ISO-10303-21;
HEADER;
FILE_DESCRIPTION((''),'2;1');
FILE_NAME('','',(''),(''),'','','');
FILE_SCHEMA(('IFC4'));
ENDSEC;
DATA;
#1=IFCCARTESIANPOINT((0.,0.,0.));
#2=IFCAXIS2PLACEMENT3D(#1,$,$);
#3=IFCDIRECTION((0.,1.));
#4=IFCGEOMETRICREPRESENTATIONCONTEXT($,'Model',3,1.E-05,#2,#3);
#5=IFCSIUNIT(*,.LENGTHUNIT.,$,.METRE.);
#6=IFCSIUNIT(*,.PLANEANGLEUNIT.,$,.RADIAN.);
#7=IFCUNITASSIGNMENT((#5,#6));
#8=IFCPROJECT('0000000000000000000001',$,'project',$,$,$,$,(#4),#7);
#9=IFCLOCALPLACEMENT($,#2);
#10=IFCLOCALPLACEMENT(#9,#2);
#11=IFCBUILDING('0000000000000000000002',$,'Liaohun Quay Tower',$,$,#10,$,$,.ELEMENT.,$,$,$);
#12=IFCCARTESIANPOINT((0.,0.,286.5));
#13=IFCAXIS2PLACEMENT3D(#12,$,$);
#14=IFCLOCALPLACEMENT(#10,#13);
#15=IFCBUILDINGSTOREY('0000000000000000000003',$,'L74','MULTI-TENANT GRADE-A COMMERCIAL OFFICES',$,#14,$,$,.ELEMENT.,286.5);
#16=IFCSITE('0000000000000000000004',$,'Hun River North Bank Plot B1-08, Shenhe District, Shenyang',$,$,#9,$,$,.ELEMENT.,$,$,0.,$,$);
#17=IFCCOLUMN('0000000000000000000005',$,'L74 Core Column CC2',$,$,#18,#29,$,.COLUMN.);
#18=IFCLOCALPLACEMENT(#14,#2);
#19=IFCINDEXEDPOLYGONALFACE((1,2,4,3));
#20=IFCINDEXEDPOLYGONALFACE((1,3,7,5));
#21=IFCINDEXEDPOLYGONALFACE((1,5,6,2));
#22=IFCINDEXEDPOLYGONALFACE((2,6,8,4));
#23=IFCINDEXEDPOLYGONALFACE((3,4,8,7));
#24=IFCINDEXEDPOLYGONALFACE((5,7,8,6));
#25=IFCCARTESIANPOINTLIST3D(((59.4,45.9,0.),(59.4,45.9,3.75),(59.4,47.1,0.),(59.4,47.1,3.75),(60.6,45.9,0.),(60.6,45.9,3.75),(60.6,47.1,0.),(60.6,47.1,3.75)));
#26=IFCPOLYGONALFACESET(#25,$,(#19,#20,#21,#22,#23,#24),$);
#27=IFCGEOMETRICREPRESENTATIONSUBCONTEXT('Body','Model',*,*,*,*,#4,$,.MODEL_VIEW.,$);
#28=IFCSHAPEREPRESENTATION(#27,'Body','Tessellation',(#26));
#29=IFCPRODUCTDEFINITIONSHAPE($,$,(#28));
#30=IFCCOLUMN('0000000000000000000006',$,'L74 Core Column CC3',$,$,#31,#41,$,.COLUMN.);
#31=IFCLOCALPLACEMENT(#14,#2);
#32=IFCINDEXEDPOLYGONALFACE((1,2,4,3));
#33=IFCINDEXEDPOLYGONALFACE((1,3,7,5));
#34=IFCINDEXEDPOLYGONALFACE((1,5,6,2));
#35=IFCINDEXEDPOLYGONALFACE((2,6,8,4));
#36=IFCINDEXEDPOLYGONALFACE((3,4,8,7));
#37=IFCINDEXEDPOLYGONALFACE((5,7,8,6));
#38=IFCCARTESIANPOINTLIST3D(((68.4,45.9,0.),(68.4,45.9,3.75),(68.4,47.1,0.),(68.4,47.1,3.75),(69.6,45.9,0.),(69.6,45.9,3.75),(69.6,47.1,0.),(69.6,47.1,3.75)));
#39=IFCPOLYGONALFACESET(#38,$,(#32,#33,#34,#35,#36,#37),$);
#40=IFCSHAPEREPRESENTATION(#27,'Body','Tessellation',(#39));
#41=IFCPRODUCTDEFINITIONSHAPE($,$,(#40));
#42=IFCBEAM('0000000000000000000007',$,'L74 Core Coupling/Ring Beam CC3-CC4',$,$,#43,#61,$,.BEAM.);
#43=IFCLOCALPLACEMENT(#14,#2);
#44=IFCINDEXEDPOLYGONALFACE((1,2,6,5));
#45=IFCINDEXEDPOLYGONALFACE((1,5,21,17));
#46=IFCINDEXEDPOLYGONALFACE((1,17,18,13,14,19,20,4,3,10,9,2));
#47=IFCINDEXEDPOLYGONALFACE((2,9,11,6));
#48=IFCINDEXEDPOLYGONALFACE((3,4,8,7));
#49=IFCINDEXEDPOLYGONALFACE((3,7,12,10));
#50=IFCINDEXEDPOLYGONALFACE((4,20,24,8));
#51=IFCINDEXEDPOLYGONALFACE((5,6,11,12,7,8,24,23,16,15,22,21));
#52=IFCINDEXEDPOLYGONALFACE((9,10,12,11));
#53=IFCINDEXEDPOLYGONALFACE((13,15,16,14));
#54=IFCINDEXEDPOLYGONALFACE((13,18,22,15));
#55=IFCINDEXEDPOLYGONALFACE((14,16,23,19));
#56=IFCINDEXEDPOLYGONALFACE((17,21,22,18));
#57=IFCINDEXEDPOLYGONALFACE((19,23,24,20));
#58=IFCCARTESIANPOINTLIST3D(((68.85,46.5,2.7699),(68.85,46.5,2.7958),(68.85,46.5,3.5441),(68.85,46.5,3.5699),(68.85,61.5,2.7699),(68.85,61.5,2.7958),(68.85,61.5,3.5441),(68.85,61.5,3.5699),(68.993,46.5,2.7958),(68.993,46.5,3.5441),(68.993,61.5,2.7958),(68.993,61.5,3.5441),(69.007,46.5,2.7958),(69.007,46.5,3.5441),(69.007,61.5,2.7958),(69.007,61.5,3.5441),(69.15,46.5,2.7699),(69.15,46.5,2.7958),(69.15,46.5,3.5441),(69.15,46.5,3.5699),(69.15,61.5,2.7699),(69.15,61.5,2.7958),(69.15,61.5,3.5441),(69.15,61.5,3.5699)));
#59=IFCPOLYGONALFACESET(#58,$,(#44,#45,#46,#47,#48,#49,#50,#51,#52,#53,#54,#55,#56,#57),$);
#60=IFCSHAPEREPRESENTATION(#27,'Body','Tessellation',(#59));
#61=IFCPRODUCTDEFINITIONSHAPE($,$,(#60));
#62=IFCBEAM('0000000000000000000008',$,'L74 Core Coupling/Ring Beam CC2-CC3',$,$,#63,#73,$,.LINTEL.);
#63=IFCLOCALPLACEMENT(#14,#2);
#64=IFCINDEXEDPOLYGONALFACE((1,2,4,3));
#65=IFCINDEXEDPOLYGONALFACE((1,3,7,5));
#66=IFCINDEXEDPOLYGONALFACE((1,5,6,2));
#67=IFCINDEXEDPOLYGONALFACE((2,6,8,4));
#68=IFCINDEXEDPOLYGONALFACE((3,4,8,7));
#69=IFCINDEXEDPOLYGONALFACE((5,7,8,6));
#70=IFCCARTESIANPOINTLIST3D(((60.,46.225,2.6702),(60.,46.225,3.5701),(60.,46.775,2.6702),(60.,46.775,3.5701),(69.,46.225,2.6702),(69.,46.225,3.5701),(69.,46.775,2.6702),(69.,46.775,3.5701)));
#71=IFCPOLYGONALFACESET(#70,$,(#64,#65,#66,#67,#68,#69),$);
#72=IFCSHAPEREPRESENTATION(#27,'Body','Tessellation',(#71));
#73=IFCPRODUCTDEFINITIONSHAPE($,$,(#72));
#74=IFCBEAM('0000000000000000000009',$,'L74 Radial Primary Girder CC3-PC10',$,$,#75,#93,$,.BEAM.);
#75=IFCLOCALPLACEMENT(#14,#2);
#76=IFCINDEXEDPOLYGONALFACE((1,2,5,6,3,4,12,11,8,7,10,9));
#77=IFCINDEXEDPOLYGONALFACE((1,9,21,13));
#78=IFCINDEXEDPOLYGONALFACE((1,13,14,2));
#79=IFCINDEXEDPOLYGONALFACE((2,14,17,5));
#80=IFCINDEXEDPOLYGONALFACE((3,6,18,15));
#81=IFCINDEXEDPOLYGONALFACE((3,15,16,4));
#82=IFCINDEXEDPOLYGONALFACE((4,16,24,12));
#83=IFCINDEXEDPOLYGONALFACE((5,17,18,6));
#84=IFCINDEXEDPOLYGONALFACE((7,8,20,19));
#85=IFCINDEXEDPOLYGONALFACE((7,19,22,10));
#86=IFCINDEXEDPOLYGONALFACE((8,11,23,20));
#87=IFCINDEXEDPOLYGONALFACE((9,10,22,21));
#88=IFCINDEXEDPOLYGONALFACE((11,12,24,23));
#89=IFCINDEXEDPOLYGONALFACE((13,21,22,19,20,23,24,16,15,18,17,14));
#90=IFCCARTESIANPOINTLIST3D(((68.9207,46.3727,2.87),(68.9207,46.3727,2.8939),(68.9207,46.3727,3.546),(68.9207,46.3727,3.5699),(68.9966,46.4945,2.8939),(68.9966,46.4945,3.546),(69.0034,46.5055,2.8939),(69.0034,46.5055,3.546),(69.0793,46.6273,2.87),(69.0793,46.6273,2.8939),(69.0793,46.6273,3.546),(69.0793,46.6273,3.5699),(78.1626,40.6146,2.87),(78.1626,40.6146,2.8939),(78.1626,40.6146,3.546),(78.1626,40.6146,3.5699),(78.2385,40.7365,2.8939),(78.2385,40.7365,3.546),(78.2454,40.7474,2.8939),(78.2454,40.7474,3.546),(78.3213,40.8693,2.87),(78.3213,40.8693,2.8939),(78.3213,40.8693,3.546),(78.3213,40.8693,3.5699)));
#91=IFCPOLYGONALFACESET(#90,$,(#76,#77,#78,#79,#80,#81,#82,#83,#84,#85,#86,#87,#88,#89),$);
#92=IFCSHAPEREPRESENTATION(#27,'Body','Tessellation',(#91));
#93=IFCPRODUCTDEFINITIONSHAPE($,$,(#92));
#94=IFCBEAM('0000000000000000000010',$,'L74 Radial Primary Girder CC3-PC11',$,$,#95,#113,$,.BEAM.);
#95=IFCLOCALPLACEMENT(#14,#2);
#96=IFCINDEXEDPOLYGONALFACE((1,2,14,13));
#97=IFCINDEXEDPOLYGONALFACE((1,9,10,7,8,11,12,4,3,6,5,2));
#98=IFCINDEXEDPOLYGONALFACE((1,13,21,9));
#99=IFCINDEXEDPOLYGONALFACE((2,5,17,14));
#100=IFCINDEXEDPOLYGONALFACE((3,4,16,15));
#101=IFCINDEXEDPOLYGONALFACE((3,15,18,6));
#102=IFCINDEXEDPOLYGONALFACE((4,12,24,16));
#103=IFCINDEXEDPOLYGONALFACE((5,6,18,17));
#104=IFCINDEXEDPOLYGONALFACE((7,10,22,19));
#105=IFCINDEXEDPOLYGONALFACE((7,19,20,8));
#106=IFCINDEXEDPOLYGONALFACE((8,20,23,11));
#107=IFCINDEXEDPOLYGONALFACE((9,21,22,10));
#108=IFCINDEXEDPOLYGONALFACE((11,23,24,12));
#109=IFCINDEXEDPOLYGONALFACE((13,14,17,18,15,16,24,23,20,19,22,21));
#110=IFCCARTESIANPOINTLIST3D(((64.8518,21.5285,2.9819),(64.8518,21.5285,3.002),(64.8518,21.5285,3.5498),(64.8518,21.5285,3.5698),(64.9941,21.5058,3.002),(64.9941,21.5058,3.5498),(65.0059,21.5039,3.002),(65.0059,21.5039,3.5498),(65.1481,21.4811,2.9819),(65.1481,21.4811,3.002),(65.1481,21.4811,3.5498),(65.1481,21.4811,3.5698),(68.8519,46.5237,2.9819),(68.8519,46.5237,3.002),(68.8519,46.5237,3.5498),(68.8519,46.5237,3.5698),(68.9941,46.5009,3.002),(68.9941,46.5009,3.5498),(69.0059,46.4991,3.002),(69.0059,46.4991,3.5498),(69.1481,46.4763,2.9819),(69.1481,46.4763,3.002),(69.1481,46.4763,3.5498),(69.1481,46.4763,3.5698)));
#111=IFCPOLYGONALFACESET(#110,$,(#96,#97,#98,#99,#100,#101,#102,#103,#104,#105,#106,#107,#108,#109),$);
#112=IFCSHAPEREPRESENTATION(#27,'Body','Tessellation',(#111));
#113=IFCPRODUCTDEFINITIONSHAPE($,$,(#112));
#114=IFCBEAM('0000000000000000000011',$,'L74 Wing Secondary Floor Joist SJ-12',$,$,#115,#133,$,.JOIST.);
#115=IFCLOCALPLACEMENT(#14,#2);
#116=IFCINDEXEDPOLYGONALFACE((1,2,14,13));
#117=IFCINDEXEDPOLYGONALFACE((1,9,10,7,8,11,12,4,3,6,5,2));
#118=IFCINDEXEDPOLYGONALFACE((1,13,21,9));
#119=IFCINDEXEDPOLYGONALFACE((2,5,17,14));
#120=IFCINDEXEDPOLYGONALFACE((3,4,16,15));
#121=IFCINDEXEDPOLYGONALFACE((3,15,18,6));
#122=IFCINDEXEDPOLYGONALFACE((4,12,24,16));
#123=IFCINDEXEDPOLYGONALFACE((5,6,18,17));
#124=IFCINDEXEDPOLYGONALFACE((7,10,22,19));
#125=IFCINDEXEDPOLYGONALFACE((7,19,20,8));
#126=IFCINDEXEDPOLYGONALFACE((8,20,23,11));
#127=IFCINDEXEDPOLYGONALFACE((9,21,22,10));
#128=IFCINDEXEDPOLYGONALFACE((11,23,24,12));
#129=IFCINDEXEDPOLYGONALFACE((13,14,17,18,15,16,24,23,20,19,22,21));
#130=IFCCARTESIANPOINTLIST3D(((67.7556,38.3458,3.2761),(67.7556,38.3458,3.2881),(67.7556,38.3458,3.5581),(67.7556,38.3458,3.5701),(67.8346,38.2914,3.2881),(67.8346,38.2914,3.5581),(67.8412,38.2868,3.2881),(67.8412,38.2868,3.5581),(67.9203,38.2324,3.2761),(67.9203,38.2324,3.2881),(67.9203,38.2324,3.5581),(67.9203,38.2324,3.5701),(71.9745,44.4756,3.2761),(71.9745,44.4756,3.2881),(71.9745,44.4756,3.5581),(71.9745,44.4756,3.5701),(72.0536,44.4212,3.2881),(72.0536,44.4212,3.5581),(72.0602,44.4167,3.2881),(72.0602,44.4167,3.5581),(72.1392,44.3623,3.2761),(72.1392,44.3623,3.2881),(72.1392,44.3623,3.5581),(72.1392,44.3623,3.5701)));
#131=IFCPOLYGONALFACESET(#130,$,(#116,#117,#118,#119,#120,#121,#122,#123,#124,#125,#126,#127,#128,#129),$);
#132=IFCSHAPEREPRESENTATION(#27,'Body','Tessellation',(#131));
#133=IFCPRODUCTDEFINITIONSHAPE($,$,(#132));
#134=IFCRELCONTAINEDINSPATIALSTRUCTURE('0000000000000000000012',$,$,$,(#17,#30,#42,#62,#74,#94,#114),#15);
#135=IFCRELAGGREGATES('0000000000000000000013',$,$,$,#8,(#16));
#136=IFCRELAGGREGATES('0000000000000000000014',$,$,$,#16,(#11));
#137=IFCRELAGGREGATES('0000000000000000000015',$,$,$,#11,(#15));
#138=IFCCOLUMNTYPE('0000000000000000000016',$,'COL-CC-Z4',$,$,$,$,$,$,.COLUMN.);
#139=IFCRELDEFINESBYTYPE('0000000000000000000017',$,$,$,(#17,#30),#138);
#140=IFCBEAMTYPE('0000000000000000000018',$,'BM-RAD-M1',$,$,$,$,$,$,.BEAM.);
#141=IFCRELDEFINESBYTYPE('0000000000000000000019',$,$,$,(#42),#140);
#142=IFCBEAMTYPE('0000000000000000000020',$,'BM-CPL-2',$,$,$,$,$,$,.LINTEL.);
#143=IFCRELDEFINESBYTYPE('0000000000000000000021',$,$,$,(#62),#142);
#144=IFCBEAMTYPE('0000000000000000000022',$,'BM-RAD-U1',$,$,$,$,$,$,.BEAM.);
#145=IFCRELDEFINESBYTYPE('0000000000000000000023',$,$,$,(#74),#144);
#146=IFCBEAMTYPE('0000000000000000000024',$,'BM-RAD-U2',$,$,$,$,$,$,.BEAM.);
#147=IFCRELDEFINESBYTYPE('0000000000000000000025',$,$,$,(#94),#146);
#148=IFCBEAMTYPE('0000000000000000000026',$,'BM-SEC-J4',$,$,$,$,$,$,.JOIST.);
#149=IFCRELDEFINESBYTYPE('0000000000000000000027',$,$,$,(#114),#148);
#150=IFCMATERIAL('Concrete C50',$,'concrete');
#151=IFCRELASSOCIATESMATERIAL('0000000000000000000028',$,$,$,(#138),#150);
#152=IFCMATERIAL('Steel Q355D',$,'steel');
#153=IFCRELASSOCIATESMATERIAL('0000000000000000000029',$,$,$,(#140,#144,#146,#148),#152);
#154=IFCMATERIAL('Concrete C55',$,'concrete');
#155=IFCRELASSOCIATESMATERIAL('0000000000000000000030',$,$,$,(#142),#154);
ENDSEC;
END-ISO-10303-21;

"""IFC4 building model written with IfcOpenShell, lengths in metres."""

from ifc_helpers import new_model, si_unit, direction, frame, origin, origin_2d, place, context, subcontext, project, spatial, rectangle, i_section, extrude, source, transform, mapped, material, material_profile, profile_set, type_object, element, save


model = new_model("IFC4")

# Units and contexts
model_context = context("Model", 3, precision=1e-05, world=origin(), true_north=direction((0.0, 1.0)))
body_context = subcontext(model_context, "Body", "Model", "MODEL_VIEW")
ifc_project = project(units=[si_unit("LENGTHUNIT", "METRE"), si_unit("PLANEANGLEUNIT", "RADIAN")], contexts=[model_context])

# Site, building, storey
site_placement = place(None, origin())
site = spatial("IfcSite", under=ifc_project, at=site_placement, Name="Hun River North Bank Plot B1-08, Shenhe District, Shenyang", CompositionType="ELEMENT", RefElevation=0.0)
building_placement = place(site_placement, origin())
building = spatial("IfcBuilding", under=site, at=building_placement, Name="Liaohun Quay Tower", CompositionType="ELEMENT")
storey_placement = place(building_placement, frame((0.0, 0.0, 286.5)))
storey = spatial("IfcBuildingStorey", under=building, at=storey_placement, Name="L74", Description="MULTI-TENANT GRADE-A COMMERCIAL OFFICES", CompositionType="ELEMENT", Elevation=286.5)

# Columns
ifc_material_1 = material(Name="Concrete C50", Category="concrete")
ifc_material_profile_1 = material_profile(ifc_material_1, rectangle(XDim=1.2, YDim=1.2, at=origin_2d()), Name="RC1200x1200")
ifc_profile_set_1 = profile_set([ifc_material_profile_1], Name="Concrete C50")
column_type = type_object("IfcColumnType", Name="COL-CC-Z4", PredefinedType="COLUMN", material=ifc_profile_set_1)
shared_shape_1 = source(origin(), body_context, "Body", "SweptSolid", [
    extrude(rectangle(XDim=1.2, YDim=1.2, at=origin_2d()), origin(), (0.0, 0.0, 1.0), 3.75),
])
for number, where, z_axis, x_axis, name in (
    (1, (60.0, 46.5, 0.0), (0.0, 0.0, 1.0), (1.0, 0.0, 0.0), "L74 Core Column CC2"),
    (2, (69.0, 46.5, 0.0), (0.0, 0.0, 1.0), (1.0, 0.0, 0.0), "L74 Core Column CC3"),
):
    element("IfcColumn", number, at=place(storey_placement, frame(where, z_axis=z_axis, x_axis=x_axis)), inside=storey, type_object=column_type, Name=name, PredefinedType="COLUMN", context=body_context, shape_type="MappedRepresentation", body=[
        mapped(shared_shape_1, transform((0.0, 0.0, 0.0), x_axis=(1.0, 0.0, 0.0), y_axis=(0.0, 1.0, 0.0), z_axis=(0.0, 0.0, 1.0), scale=1.0)),
    ])

# Beams
ifc_material_2 = material(Name="Steel Q355D", Category="steel")
ifc_material_profile_2 = material_profile(ifc_material_2, i_section(OverallWidth=0.3, OverallDepth=0.8, WebThickness=0.0139, FlangeThickness=0.0259, at=origin_2d()), Name="HN800x300x14x26")
ifc_profile_set_2 = profile_set([ifc_material_profile_2], Name="Steel Q355D")
beam_type_1 = type_object("IfcBeamType", Name="BM-RAD-M1", PredefinedType="BEAM", material=ifc_profile_set_2)
shared_shape_2 = source(origin(), body_context, "Body", "SweptSolid", [
    extrude(i_section(OverallWidth=0.3, OverallDepth=0.8, WebThickness=0.0139, FlangeThickness=0.0259, at=origin_2d()), origin(), (0.0, 0.0, 1.0), 15.0),
])
beam_1_placement = place(storey_placement, frame((69.0, 46.5, 3.1699), z_axis=(0.0, 1.0, 0.0), x_axis=(-1.0, 0.0, 0.0)))
element("IfcBeam", 3, at=beam_1_placement, inside=storey, type_object=beam_type_1, Name="L74 Core Coupling/Ring Beam CC3-CC4", PredefinedType="BEAM", context=body_context, shape_type="MappedRepresentation", body=[
    mapped(shared_shape_2, transform((0.0, 0.0, 0.0), x_axis=(1.0, 0.0, 0.0), y_axis=(0.0, 1.0, 0.0), z_axis=(0.0, 0.0, 1.0), scale=1.0)),
])
ifc_material_3 = material(Name="Concrete C55", Category="concrete")
ifc_material_profile_3 = material_profile(ifc_material_3, rectangle(XDim=0.55, YDim=0.8999, at=origin_2d()), Name="RC550x900")
ifc_profile_set_3 = profile_set([ifc_material_profile_3], Name="Concrete C55")
beam_type_2 = type_object("IfcBeamType", Name="BM-CPL-2", PredefinedType="LINTEL", material=ifc_profile_set_3)
shared_shape_3 = source(origin(), body_context, "Body", "SweptSolid", [
    extrude(rectangle(XDim=0.55, YDim=0.8999, at=origin_2d()), origin(), (0.0, 0.0, 1.0), 9.0),
])
beam_2_placement = place(storey_placement, frame((60.0, 46.5, 3.1201), z_axis=(1.0, 0.0, 0.0), x_axis=(0.0, 1.0, 0.0)))
element("IfcBeam", 4, at=beam_2_placement, inside=storey, type_object=beam_type_2, Name="L74 Core Coupling/Ring Beam CC2-CC3", PredefinedType="LINTEL", context=body_context, shape_type="MappedRepresentation", body=[
    mapped(shared_shape_3, transform((0.0, 0.0, 0.0), x_axis=(1.0, 0.0, 0.0), y_axis=(0.0, 1.0, 0.0), z_axis=(0.0, 0.0, 1.0), scale=1.0)),
])
ifc_material_profile_4 = material_profile(ifc_material_2, i_section(OverallWidth=0.3, OverallDepth=0.7, WebThickness=0.0129, FlangeThickness=0.0239, at=origin_2d()), Name="HN700x300x13x24")
ifc_profile_set_4 = profile_set([ifc_material_profile_4], Name="Steel Q355D")
beam_type_3 = type_object("IfcBeamType", Name="BM-RAD-U1", PredefinedType="BEAM", material=ifc_profile_set_4)
shared_shape_4 = source(origin(), body_context, "Body", "SweptSolid", [
    extrude(i_section(OverallWidth=0.3, OverallDepth=0.7, WebThickness=0.0129, FlangeThickness=0.0239, at=origin_2d()), origin(), (0.0, 0.0, 1.0), 10.8889),
])
beam_3_placement = place(storey_placement, frame((69.0, 46.5, 3.22), z_axis=(0.848747, -0.528799, 0.0), x_axis=(0.528799, 0.848747, 0.0)))
element("IfcBeam", 5, at=beam_3_placement, inside=storey, type_object=beam_type_3, Name="L74 Radial Primary Girder CC3-PC10", PredefinedType="BEAM", context=body_context, shape_type="MappedRepresentation", body=[
    mapped(shared_shape_4, transform((0.0, 0.0, 0.0), x_axis=(1.0, 0.0, 0.0), y_axis=(0.0, 1.0, 0.0), z_axis=(0.0, 0.0, 1.0), scale=1.0)),
])
ifc_material_profile_5 = material_profile(ifc_material_2, i_section(OverallWidth=0.3, OverallDepth=0.5879, WebThickness=0.012, FlangeThickness=0.02, at=origin_2d()), Name="HM588x300x12x20")
ifc_profile_set_5 = profile_set([ifc_material_profile_5], Name="Steel Q355D")
beam_type_4 = type_object("IfcBeamType", Name="BM-RAD-U2", PredefinedType="BEAM", material=ifc_profile_set_5)
shared_shape_5 = source(origin(), body_context, "Body", "SweptSolid", [
    extrude(i_section(OverallWidth=0.3, OverallDepth=0.5879, WebThickness=0.012, FlangeThickness=0.02, at=origin_2d()), origin(), (0.0, 0.0, 1.0), 25.3132),
])
beam_4_placement = place(storey_placement, frame((69.0, 46.5, 3.2759), z_axis=(-0.158021, -0.987436, 0.0), x_axis=(0.987436, -0.158021, 0.0)))
element("IfcBeam", 6, at=beam_4_placement, inside=storey, type_object=beam_type_4, Name="L74 Radial Primary Girder CC3-PC11", PredefinedType="BEAM", context=body_context, shape_type="MappedRepresentation", body=[
    mapped(shared_shape_5, transform((0.0, 0.0, 0.0), x_axis=(1.0, 0.0, 0.0), y_axis=(0.0, 1.0, 0.0), z_axis=(0.0, 0.0, 1.0), scale=1.0)),
])
ifc_material_profile_6 = material_profile(ifc_material_2, i_section(OverallWidth=0.2, OverallDepth=0.2939, WebThickness=0.0081, FlangeThickness=0.012, at=origin_2d()), Name="HM294x200x8x12")
ifc_profile_set_6 = profile_set([ifc_material_profile_6], Name="Steel Q355D")
beam_type_5 = type_object("IfcBeamType", Name="BM-SEC-J4", PredefinedType="JOIST", material=ifc_profile_set_6)
shared_shape_6 = source(origin(), body_context, "Body", "SweptSolid", [
    extrude(i_section(OverallWidth=0.2, OverallDepth=0.2939, WebThickness=0.0081, FlangeThickness=0.012, at=origin_2d()), origin(), (0.0, 0.0, 1.0), 7.4414),
])
beam_5_placement = place(storey_placement, frame((72.0569, 44.4189, 3.4231), z_axis=(-0.566958, -0.823747, 0.0), x_axis=(0.823747, -0.566958, 0.0)))
element("IfcBeam", 7, at=beam_5_placement, inside=storey, type_object=beam_type_5, Name="L74 Wing Secondary Floor Joist SJ-12", PredefinedType="JOIST", context=body_context, shape_type="MappedRepresentation", body=[
    mapped(shared_shape_6, transform((0.0, 0.0, 0.0), x_axis=(1.0, 0.0, 0.0), y_axis=(0.0, 1.0, 0.0), z_axis=(0.0, 0.0, 1.0), scale=1.0)),
])

save(model, "model.ifc")
